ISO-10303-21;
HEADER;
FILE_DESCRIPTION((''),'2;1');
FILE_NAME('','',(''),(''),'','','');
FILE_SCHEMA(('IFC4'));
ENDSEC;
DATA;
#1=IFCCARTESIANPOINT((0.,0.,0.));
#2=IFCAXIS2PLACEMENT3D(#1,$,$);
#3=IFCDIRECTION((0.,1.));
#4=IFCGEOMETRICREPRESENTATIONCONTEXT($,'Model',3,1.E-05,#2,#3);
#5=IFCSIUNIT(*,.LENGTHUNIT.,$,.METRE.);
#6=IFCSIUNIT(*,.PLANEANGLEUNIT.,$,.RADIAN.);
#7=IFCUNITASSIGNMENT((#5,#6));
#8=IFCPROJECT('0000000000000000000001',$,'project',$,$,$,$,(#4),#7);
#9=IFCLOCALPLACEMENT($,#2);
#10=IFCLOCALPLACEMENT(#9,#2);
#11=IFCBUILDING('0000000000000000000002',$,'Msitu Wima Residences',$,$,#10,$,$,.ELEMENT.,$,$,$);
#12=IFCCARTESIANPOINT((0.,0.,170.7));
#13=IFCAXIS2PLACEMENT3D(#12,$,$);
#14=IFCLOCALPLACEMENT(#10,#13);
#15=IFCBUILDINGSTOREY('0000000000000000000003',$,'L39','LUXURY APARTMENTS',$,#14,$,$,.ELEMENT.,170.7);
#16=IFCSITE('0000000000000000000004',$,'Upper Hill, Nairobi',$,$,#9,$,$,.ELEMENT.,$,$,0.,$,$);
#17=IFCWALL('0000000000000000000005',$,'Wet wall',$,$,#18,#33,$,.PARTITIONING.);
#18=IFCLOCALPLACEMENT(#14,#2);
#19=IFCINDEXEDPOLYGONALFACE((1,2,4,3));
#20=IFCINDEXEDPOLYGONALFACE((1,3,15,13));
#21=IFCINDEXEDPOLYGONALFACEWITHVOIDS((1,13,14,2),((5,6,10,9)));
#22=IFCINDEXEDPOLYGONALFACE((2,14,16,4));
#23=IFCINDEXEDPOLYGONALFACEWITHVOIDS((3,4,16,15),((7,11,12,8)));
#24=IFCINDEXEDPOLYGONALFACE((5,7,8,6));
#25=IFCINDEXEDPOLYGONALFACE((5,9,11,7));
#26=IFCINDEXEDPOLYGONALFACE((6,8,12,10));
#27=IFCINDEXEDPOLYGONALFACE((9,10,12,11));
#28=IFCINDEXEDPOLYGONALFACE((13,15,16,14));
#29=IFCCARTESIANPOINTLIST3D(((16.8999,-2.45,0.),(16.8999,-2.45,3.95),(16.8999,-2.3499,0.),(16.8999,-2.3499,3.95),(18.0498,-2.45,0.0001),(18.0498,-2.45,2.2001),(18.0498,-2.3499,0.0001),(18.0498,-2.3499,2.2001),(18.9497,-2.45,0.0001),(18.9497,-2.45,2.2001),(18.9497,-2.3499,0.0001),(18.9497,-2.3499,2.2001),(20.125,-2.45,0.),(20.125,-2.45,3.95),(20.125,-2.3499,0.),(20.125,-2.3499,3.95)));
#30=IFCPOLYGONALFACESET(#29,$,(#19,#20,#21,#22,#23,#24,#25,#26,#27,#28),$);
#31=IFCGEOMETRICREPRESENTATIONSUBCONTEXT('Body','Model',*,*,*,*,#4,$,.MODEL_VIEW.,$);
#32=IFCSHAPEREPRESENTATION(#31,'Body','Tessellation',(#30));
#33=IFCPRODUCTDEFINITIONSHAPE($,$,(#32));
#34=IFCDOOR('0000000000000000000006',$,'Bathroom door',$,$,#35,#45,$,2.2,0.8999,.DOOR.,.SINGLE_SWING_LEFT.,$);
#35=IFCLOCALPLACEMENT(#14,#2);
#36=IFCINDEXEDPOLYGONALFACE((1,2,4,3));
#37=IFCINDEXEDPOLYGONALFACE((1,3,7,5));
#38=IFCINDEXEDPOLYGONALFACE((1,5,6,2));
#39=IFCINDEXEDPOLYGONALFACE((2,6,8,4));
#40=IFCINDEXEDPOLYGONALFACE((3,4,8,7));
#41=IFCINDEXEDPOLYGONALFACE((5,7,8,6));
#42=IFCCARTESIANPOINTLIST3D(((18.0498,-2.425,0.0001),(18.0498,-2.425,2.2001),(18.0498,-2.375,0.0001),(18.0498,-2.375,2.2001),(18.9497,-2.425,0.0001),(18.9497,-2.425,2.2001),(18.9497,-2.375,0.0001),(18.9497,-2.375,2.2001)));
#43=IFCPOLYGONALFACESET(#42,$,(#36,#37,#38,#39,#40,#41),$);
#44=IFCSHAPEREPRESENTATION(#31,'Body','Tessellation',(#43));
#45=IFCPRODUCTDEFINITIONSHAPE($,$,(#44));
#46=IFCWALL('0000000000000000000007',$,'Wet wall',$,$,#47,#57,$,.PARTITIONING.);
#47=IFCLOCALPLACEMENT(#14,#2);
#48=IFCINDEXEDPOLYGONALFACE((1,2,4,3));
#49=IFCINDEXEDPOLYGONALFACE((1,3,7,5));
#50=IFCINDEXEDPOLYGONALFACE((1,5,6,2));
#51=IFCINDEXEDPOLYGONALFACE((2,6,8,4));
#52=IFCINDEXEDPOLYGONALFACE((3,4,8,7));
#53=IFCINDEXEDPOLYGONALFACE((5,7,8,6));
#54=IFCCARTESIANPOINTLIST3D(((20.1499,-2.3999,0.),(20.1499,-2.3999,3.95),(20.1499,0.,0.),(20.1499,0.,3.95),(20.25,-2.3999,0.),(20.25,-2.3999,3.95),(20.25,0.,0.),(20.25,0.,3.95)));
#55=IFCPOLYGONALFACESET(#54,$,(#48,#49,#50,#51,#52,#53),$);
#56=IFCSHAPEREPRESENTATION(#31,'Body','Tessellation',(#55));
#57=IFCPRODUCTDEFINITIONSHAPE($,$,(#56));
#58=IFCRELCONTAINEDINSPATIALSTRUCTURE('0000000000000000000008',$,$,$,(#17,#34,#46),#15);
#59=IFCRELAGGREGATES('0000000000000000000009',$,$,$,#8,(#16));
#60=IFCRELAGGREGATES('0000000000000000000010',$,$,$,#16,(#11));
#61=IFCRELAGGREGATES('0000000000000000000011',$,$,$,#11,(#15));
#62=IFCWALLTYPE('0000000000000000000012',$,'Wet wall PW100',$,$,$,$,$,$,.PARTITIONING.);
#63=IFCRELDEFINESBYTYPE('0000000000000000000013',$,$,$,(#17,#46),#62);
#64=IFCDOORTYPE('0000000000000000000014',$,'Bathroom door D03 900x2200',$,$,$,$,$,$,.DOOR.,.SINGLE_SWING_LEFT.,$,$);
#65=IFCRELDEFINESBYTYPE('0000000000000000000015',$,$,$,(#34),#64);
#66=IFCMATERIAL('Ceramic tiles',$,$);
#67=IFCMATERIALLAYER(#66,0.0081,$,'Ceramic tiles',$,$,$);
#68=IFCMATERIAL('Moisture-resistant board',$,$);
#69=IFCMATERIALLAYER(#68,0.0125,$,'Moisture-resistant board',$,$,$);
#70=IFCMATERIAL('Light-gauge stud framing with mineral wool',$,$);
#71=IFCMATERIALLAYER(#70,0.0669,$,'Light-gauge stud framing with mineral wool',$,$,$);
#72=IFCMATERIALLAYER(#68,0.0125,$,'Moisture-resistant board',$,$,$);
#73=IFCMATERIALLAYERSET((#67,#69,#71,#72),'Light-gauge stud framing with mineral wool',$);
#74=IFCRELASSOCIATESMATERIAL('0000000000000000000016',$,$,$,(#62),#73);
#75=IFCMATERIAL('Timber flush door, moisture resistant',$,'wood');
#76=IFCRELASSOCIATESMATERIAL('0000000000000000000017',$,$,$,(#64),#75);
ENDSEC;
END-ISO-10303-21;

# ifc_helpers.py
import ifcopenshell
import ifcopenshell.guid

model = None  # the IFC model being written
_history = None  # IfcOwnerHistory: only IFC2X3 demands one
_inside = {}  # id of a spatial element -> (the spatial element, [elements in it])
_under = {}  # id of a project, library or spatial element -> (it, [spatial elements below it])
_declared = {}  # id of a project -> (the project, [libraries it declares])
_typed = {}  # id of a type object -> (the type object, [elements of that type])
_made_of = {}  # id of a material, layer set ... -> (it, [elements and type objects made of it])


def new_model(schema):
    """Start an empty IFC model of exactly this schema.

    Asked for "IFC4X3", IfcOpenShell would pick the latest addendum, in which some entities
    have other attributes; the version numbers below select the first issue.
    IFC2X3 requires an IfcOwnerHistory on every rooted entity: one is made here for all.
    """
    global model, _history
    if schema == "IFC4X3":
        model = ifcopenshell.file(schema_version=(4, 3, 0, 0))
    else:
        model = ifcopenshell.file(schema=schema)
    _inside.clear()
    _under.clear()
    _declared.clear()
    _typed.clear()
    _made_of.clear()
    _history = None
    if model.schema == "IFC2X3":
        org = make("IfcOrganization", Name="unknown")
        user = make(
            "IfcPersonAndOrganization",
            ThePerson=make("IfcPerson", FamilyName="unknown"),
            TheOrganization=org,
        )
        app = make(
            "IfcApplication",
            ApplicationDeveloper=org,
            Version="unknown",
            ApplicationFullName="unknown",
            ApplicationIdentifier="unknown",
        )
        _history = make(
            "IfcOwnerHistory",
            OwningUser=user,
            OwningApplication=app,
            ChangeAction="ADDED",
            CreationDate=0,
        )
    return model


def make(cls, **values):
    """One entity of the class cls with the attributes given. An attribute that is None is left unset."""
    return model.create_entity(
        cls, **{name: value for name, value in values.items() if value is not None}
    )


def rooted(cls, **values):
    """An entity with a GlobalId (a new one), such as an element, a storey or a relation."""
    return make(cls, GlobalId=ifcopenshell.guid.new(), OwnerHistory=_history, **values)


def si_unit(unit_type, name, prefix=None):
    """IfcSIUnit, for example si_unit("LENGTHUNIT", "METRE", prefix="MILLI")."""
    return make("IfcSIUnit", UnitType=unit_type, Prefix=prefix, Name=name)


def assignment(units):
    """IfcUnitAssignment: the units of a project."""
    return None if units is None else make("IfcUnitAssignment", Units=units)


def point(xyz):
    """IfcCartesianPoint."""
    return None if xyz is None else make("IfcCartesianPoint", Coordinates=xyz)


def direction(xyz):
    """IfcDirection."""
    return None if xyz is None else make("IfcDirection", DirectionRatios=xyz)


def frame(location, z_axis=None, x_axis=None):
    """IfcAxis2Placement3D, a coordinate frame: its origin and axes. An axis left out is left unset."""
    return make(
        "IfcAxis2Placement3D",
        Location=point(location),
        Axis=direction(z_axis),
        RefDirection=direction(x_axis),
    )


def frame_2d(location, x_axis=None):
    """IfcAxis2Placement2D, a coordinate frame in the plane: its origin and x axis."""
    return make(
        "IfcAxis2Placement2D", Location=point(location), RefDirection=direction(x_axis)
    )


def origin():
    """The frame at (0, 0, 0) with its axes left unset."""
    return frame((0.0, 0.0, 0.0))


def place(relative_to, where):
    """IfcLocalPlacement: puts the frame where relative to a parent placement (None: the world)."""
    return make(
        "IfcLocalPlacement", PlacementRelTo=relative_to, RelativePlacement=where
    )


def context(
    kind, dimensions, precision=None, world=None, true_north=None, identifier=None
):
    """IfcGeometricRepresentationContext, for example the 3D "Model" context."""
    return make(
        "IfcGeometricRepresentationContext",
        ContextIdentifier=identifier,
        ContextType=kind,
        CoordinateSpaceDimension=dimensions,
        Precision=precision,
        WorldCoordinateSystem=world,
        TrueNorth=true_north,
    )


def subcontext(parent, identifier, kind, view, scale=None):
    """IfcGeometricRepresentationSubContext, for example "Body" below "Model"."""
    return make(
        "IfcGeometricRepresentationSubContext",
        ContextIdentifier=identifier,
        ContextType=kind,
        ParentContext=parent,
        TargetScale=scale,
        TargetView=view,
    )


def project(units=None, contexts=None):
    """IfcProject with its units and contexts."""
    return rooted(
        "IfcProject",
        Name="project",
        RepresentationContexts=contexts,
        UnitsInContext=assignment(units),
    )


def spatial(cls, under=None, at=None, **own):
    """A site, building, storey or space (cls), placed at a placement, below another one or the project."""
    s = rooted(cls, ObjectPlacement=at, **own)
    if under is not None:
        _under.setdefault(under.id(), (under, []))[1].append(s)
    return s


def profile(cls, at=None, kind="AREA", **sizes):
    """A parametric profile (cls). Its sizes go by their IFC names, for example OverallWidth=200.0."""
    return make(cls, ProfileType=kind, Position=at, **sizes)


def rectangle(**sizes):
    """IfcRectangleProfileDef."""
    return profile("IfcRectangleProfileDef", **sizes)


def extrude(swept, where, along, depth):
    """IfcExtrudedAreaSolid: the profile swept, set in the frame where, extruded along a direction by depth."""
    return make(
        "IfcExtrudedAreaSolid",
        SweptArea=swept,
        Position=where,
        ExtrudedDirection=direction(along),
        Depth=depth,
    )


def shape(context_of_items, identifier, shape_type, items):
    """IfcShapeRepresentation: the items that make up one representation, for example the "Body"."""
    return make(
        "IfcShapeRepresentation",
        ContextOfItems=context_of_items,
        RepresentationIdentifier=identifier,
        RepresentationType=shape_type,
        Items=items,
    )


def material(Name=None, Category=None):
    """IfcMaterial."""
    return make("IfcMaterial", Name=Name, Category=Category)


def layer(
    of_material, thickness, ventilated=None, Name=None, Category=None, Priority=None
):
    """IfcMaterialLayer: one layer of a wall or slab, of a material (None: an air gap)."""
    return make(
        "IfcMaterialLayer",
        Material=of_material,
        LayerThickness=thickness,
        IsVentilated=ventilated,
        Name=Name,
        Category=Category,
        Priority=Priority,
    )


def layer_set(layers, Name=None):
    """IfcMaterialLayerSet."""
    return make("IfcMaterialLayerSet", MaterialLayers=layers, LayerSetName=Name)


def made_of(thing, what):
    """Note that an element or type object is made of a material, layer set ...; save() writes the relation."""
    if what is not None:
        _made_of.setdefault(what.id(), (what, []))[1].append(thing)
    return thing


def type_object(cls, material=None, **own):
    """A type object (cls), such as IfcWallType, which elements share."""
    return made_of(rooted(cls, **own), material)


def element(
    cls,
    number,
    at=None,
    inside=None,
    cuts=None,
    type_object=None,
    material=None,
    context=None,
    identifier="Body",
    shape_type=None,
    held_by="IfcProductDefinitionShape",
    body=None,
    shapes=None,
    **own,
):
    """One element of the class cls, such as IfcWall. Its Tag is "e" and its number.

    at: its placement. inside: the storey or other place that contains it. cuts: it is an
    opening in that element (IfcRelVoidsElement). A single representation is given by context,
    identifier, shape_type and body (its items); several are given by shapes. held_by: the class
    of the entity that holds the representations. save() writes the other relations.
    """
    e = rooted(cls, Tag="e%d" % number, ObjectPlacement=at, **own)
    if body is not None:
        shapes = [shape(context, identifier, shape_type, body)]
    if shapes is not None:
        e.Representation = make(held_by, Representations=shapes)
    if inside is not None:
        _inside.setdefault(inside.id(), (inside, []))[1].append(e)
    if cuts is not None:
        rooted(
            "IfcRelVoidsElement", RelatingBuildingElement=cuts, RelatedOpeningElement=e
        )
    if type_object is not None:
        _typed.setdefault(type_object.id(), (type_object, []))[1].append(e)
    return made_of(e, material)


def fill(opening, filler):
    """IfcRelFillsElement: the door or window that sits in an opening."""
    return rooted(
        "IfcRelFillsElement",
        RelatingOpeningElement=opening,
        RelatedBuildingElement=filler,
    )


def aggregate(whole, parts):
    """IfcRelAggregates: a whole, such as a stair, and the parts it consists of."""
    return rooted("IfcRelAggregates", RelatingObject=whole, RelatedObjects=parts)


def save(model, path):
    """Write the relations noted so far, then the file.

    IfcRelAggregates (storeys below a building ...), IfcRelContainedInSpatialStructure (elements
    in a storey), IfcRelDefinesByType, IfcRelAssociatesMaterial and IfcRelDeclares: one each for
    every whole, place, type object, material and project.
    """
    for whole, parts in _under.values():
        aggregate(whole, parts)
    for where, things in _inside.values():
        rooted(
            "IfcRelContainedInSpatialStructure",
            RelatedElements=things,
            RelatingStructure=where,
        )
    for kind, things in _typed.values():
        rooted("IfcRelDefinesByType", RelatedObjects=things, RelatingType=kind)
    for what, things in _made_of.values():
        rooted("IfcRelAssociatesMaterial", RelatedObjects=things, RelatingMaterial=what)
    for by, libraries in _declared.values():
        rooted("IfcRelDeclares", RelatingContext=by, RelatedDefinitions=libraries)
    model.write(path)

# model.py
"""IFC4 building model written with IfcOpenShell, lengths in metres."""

from ifc_helpers import new_model, si_unit, direction, frame, frame_2d, origin, place, context, subcontext, project, spatial, rectangle, extrude, material, layer, layer_set, type_object, element, fill, save


model = new_model("IFC4")

# Units and contexts
model_context = context("Model", 3, precision=1e-05, world=origin(), true_north=direction((0.0, 1.0)))
body_context = subcontext(model_context, "Body", "Model", "MODEL_VIEW")
ifc_project = project(units=[si_unit("LENGTHUNIT", "METRE"), si_unit("PLANEANGLEUNIT", "RADIAN")], contexts=[model_context])

# Site, building, storey
site_placement = place(None, origin())
site = spatial("IfcSite", under=ifc_project, at=site_placement, Name="Upper Hill, Nairobi", CompositionType="ELEMENT", RefElevation=0.0)
building_placement = place(site_placement, origin())
building = spatial("IfcBuilding", under=site, at=building_placement, Name="Msitu Wima Residences", CompositionType="ELEMENT")
storey_placement = place(building_placement, frame((0.0, 0.0, 170.7)))
storey = spatial("IfcBuildingStorey", under=building, at=storey_placement, Name="L39", Description="LUXURY APARTMENTS", CompositionType="ELEMENT", Elevation=170.7)

# Wall, opening, door
ifc_material_1 = material(Name="Ceramic tiles")
ifc_layer_1 = layer(ifc_material_1, 0.0081, Name="Ceramic tiles")
ifc_material_2 = material(Name="Moisture-resistant board")
ifc_layer_2 = layer(ifc_material_2, 0.0125, Name="Moisture-resistant board")
ifc_material_3 = material(Name="Light-gauge stud framing with mineral wool")
ifc_layer_3 = layer(ifc_material_3, 0.0669, Name="Light-gauge stud framing with mineral wool")
ifc_layer_4 = layer(ifc_material_2, 0.0125, Name="Moisture-resistant board")
ifc_layer_set_1 = layer_set([ifc_layer_1, ifc_layer_2, ifc_layer_3, ifc_layer_4], Name="Light-gauge stud framing with mineral wool")
wall_type_1 = type_object("IfcWallType", Name="Wet wall PW100", PredefinedType="PARTITIONING", material=ifc_layer_set_1)
wall_1_placement = place(storey_placement, frame((16.8999, -2.3999, 0.0), z_axis=(0.0, 0.0, 1.0), x_axis=(1.0, 0.0, 0.0)))
wall_1 = element("IfcWall", 1, at=wall_1_placement, inside=storey, type_object=wall_type_1, Name="Wet wall", PredefinedType="PARTITIONING", context=body_context, shape_type="SweptSolid", body=[
    extrude(rectangle(XDim=3.2251, YDim=0.1001, at=frame_2d((1.6125, 0.0))), origin(), (0.0, 0.0, 1.0), 3.95),
])
opening_1_placement = place(wall_1_placement, frame((1.1499, 0.0, 0.0)))
opening_1 = element("IfcOpeningElement", 2, at=opening_1_placement, cuts=wall_1, PredefinedType="OPENING", context=body_context, shape_type="SweptSolid", body=[
    extrude(rectangle(XDim=0.8999, YDim=2.2, at=frame_2d((0.45, 1.1001))), frame((0.0, 0.0601, 0.0), z_axis=(0.0, -1.0, 0.0), x_axis=(1.0, 0.0, 0.0)), (0.0, 0.0, 1.0), 0.1201),
])
ifc_material_4 = material(Name="Timber flush door, moisture resistant", Category="wood")
door_type_1 = type_object("IfcDoorType", Name="Bathroom door D03 900x2200", OperationType="SINGLE_SWING_LEFT", PredefinedType="DOOR", material=ifc_material_4)
door_1_placement = place(opening_1_placement, origin())
door_1 = element("IfcDoor", 3, at=door_1_placement, inside=storey, type_object=door_type_1, Name="Bathroom door", OperationType="SINGLE_SWING_LEFT", OverallHeight=2.2, OverallWidth=0.8999, PredefinedType="DOOR", context=body_context, shape_type="SweptSolid", body=[
    extrude(rectangle(XDim=0.8999, YDim=2.2, at=frame_2d((0.45, 1.1001))), frame((0.0, 0.0249, 0.0), z_axis=(0.0, -1.0, 0.0), x_axis=(1.0, 0.0, 0.0)), (0.0, 0.0, 1.0), 0.05),
])
fill(opening_1, door_1)

# Wall
wall_2_placement = place(storey_placement, frame((20.2, -2.3999, 0.0), z_axis=(0.0, 0.0, 1.0), x_axis=(0.0, 1.0, 0.0)))
element("IfcWall", 4, at=wall_2_placement, inside=storey, type_object=wall_type_1, Name="Wet wall", PredefinedType="PARTITIONING", context=body_context, shape_type="SweptSolid", body=[
    extrude(rectangle(XDim=2.3999, YDim=0.1001, at=frame_2d((1.2, 0.0))), origin(), (0.0, 0.0, 1.0), 3.95),
])

save(model, "model.ifc")
